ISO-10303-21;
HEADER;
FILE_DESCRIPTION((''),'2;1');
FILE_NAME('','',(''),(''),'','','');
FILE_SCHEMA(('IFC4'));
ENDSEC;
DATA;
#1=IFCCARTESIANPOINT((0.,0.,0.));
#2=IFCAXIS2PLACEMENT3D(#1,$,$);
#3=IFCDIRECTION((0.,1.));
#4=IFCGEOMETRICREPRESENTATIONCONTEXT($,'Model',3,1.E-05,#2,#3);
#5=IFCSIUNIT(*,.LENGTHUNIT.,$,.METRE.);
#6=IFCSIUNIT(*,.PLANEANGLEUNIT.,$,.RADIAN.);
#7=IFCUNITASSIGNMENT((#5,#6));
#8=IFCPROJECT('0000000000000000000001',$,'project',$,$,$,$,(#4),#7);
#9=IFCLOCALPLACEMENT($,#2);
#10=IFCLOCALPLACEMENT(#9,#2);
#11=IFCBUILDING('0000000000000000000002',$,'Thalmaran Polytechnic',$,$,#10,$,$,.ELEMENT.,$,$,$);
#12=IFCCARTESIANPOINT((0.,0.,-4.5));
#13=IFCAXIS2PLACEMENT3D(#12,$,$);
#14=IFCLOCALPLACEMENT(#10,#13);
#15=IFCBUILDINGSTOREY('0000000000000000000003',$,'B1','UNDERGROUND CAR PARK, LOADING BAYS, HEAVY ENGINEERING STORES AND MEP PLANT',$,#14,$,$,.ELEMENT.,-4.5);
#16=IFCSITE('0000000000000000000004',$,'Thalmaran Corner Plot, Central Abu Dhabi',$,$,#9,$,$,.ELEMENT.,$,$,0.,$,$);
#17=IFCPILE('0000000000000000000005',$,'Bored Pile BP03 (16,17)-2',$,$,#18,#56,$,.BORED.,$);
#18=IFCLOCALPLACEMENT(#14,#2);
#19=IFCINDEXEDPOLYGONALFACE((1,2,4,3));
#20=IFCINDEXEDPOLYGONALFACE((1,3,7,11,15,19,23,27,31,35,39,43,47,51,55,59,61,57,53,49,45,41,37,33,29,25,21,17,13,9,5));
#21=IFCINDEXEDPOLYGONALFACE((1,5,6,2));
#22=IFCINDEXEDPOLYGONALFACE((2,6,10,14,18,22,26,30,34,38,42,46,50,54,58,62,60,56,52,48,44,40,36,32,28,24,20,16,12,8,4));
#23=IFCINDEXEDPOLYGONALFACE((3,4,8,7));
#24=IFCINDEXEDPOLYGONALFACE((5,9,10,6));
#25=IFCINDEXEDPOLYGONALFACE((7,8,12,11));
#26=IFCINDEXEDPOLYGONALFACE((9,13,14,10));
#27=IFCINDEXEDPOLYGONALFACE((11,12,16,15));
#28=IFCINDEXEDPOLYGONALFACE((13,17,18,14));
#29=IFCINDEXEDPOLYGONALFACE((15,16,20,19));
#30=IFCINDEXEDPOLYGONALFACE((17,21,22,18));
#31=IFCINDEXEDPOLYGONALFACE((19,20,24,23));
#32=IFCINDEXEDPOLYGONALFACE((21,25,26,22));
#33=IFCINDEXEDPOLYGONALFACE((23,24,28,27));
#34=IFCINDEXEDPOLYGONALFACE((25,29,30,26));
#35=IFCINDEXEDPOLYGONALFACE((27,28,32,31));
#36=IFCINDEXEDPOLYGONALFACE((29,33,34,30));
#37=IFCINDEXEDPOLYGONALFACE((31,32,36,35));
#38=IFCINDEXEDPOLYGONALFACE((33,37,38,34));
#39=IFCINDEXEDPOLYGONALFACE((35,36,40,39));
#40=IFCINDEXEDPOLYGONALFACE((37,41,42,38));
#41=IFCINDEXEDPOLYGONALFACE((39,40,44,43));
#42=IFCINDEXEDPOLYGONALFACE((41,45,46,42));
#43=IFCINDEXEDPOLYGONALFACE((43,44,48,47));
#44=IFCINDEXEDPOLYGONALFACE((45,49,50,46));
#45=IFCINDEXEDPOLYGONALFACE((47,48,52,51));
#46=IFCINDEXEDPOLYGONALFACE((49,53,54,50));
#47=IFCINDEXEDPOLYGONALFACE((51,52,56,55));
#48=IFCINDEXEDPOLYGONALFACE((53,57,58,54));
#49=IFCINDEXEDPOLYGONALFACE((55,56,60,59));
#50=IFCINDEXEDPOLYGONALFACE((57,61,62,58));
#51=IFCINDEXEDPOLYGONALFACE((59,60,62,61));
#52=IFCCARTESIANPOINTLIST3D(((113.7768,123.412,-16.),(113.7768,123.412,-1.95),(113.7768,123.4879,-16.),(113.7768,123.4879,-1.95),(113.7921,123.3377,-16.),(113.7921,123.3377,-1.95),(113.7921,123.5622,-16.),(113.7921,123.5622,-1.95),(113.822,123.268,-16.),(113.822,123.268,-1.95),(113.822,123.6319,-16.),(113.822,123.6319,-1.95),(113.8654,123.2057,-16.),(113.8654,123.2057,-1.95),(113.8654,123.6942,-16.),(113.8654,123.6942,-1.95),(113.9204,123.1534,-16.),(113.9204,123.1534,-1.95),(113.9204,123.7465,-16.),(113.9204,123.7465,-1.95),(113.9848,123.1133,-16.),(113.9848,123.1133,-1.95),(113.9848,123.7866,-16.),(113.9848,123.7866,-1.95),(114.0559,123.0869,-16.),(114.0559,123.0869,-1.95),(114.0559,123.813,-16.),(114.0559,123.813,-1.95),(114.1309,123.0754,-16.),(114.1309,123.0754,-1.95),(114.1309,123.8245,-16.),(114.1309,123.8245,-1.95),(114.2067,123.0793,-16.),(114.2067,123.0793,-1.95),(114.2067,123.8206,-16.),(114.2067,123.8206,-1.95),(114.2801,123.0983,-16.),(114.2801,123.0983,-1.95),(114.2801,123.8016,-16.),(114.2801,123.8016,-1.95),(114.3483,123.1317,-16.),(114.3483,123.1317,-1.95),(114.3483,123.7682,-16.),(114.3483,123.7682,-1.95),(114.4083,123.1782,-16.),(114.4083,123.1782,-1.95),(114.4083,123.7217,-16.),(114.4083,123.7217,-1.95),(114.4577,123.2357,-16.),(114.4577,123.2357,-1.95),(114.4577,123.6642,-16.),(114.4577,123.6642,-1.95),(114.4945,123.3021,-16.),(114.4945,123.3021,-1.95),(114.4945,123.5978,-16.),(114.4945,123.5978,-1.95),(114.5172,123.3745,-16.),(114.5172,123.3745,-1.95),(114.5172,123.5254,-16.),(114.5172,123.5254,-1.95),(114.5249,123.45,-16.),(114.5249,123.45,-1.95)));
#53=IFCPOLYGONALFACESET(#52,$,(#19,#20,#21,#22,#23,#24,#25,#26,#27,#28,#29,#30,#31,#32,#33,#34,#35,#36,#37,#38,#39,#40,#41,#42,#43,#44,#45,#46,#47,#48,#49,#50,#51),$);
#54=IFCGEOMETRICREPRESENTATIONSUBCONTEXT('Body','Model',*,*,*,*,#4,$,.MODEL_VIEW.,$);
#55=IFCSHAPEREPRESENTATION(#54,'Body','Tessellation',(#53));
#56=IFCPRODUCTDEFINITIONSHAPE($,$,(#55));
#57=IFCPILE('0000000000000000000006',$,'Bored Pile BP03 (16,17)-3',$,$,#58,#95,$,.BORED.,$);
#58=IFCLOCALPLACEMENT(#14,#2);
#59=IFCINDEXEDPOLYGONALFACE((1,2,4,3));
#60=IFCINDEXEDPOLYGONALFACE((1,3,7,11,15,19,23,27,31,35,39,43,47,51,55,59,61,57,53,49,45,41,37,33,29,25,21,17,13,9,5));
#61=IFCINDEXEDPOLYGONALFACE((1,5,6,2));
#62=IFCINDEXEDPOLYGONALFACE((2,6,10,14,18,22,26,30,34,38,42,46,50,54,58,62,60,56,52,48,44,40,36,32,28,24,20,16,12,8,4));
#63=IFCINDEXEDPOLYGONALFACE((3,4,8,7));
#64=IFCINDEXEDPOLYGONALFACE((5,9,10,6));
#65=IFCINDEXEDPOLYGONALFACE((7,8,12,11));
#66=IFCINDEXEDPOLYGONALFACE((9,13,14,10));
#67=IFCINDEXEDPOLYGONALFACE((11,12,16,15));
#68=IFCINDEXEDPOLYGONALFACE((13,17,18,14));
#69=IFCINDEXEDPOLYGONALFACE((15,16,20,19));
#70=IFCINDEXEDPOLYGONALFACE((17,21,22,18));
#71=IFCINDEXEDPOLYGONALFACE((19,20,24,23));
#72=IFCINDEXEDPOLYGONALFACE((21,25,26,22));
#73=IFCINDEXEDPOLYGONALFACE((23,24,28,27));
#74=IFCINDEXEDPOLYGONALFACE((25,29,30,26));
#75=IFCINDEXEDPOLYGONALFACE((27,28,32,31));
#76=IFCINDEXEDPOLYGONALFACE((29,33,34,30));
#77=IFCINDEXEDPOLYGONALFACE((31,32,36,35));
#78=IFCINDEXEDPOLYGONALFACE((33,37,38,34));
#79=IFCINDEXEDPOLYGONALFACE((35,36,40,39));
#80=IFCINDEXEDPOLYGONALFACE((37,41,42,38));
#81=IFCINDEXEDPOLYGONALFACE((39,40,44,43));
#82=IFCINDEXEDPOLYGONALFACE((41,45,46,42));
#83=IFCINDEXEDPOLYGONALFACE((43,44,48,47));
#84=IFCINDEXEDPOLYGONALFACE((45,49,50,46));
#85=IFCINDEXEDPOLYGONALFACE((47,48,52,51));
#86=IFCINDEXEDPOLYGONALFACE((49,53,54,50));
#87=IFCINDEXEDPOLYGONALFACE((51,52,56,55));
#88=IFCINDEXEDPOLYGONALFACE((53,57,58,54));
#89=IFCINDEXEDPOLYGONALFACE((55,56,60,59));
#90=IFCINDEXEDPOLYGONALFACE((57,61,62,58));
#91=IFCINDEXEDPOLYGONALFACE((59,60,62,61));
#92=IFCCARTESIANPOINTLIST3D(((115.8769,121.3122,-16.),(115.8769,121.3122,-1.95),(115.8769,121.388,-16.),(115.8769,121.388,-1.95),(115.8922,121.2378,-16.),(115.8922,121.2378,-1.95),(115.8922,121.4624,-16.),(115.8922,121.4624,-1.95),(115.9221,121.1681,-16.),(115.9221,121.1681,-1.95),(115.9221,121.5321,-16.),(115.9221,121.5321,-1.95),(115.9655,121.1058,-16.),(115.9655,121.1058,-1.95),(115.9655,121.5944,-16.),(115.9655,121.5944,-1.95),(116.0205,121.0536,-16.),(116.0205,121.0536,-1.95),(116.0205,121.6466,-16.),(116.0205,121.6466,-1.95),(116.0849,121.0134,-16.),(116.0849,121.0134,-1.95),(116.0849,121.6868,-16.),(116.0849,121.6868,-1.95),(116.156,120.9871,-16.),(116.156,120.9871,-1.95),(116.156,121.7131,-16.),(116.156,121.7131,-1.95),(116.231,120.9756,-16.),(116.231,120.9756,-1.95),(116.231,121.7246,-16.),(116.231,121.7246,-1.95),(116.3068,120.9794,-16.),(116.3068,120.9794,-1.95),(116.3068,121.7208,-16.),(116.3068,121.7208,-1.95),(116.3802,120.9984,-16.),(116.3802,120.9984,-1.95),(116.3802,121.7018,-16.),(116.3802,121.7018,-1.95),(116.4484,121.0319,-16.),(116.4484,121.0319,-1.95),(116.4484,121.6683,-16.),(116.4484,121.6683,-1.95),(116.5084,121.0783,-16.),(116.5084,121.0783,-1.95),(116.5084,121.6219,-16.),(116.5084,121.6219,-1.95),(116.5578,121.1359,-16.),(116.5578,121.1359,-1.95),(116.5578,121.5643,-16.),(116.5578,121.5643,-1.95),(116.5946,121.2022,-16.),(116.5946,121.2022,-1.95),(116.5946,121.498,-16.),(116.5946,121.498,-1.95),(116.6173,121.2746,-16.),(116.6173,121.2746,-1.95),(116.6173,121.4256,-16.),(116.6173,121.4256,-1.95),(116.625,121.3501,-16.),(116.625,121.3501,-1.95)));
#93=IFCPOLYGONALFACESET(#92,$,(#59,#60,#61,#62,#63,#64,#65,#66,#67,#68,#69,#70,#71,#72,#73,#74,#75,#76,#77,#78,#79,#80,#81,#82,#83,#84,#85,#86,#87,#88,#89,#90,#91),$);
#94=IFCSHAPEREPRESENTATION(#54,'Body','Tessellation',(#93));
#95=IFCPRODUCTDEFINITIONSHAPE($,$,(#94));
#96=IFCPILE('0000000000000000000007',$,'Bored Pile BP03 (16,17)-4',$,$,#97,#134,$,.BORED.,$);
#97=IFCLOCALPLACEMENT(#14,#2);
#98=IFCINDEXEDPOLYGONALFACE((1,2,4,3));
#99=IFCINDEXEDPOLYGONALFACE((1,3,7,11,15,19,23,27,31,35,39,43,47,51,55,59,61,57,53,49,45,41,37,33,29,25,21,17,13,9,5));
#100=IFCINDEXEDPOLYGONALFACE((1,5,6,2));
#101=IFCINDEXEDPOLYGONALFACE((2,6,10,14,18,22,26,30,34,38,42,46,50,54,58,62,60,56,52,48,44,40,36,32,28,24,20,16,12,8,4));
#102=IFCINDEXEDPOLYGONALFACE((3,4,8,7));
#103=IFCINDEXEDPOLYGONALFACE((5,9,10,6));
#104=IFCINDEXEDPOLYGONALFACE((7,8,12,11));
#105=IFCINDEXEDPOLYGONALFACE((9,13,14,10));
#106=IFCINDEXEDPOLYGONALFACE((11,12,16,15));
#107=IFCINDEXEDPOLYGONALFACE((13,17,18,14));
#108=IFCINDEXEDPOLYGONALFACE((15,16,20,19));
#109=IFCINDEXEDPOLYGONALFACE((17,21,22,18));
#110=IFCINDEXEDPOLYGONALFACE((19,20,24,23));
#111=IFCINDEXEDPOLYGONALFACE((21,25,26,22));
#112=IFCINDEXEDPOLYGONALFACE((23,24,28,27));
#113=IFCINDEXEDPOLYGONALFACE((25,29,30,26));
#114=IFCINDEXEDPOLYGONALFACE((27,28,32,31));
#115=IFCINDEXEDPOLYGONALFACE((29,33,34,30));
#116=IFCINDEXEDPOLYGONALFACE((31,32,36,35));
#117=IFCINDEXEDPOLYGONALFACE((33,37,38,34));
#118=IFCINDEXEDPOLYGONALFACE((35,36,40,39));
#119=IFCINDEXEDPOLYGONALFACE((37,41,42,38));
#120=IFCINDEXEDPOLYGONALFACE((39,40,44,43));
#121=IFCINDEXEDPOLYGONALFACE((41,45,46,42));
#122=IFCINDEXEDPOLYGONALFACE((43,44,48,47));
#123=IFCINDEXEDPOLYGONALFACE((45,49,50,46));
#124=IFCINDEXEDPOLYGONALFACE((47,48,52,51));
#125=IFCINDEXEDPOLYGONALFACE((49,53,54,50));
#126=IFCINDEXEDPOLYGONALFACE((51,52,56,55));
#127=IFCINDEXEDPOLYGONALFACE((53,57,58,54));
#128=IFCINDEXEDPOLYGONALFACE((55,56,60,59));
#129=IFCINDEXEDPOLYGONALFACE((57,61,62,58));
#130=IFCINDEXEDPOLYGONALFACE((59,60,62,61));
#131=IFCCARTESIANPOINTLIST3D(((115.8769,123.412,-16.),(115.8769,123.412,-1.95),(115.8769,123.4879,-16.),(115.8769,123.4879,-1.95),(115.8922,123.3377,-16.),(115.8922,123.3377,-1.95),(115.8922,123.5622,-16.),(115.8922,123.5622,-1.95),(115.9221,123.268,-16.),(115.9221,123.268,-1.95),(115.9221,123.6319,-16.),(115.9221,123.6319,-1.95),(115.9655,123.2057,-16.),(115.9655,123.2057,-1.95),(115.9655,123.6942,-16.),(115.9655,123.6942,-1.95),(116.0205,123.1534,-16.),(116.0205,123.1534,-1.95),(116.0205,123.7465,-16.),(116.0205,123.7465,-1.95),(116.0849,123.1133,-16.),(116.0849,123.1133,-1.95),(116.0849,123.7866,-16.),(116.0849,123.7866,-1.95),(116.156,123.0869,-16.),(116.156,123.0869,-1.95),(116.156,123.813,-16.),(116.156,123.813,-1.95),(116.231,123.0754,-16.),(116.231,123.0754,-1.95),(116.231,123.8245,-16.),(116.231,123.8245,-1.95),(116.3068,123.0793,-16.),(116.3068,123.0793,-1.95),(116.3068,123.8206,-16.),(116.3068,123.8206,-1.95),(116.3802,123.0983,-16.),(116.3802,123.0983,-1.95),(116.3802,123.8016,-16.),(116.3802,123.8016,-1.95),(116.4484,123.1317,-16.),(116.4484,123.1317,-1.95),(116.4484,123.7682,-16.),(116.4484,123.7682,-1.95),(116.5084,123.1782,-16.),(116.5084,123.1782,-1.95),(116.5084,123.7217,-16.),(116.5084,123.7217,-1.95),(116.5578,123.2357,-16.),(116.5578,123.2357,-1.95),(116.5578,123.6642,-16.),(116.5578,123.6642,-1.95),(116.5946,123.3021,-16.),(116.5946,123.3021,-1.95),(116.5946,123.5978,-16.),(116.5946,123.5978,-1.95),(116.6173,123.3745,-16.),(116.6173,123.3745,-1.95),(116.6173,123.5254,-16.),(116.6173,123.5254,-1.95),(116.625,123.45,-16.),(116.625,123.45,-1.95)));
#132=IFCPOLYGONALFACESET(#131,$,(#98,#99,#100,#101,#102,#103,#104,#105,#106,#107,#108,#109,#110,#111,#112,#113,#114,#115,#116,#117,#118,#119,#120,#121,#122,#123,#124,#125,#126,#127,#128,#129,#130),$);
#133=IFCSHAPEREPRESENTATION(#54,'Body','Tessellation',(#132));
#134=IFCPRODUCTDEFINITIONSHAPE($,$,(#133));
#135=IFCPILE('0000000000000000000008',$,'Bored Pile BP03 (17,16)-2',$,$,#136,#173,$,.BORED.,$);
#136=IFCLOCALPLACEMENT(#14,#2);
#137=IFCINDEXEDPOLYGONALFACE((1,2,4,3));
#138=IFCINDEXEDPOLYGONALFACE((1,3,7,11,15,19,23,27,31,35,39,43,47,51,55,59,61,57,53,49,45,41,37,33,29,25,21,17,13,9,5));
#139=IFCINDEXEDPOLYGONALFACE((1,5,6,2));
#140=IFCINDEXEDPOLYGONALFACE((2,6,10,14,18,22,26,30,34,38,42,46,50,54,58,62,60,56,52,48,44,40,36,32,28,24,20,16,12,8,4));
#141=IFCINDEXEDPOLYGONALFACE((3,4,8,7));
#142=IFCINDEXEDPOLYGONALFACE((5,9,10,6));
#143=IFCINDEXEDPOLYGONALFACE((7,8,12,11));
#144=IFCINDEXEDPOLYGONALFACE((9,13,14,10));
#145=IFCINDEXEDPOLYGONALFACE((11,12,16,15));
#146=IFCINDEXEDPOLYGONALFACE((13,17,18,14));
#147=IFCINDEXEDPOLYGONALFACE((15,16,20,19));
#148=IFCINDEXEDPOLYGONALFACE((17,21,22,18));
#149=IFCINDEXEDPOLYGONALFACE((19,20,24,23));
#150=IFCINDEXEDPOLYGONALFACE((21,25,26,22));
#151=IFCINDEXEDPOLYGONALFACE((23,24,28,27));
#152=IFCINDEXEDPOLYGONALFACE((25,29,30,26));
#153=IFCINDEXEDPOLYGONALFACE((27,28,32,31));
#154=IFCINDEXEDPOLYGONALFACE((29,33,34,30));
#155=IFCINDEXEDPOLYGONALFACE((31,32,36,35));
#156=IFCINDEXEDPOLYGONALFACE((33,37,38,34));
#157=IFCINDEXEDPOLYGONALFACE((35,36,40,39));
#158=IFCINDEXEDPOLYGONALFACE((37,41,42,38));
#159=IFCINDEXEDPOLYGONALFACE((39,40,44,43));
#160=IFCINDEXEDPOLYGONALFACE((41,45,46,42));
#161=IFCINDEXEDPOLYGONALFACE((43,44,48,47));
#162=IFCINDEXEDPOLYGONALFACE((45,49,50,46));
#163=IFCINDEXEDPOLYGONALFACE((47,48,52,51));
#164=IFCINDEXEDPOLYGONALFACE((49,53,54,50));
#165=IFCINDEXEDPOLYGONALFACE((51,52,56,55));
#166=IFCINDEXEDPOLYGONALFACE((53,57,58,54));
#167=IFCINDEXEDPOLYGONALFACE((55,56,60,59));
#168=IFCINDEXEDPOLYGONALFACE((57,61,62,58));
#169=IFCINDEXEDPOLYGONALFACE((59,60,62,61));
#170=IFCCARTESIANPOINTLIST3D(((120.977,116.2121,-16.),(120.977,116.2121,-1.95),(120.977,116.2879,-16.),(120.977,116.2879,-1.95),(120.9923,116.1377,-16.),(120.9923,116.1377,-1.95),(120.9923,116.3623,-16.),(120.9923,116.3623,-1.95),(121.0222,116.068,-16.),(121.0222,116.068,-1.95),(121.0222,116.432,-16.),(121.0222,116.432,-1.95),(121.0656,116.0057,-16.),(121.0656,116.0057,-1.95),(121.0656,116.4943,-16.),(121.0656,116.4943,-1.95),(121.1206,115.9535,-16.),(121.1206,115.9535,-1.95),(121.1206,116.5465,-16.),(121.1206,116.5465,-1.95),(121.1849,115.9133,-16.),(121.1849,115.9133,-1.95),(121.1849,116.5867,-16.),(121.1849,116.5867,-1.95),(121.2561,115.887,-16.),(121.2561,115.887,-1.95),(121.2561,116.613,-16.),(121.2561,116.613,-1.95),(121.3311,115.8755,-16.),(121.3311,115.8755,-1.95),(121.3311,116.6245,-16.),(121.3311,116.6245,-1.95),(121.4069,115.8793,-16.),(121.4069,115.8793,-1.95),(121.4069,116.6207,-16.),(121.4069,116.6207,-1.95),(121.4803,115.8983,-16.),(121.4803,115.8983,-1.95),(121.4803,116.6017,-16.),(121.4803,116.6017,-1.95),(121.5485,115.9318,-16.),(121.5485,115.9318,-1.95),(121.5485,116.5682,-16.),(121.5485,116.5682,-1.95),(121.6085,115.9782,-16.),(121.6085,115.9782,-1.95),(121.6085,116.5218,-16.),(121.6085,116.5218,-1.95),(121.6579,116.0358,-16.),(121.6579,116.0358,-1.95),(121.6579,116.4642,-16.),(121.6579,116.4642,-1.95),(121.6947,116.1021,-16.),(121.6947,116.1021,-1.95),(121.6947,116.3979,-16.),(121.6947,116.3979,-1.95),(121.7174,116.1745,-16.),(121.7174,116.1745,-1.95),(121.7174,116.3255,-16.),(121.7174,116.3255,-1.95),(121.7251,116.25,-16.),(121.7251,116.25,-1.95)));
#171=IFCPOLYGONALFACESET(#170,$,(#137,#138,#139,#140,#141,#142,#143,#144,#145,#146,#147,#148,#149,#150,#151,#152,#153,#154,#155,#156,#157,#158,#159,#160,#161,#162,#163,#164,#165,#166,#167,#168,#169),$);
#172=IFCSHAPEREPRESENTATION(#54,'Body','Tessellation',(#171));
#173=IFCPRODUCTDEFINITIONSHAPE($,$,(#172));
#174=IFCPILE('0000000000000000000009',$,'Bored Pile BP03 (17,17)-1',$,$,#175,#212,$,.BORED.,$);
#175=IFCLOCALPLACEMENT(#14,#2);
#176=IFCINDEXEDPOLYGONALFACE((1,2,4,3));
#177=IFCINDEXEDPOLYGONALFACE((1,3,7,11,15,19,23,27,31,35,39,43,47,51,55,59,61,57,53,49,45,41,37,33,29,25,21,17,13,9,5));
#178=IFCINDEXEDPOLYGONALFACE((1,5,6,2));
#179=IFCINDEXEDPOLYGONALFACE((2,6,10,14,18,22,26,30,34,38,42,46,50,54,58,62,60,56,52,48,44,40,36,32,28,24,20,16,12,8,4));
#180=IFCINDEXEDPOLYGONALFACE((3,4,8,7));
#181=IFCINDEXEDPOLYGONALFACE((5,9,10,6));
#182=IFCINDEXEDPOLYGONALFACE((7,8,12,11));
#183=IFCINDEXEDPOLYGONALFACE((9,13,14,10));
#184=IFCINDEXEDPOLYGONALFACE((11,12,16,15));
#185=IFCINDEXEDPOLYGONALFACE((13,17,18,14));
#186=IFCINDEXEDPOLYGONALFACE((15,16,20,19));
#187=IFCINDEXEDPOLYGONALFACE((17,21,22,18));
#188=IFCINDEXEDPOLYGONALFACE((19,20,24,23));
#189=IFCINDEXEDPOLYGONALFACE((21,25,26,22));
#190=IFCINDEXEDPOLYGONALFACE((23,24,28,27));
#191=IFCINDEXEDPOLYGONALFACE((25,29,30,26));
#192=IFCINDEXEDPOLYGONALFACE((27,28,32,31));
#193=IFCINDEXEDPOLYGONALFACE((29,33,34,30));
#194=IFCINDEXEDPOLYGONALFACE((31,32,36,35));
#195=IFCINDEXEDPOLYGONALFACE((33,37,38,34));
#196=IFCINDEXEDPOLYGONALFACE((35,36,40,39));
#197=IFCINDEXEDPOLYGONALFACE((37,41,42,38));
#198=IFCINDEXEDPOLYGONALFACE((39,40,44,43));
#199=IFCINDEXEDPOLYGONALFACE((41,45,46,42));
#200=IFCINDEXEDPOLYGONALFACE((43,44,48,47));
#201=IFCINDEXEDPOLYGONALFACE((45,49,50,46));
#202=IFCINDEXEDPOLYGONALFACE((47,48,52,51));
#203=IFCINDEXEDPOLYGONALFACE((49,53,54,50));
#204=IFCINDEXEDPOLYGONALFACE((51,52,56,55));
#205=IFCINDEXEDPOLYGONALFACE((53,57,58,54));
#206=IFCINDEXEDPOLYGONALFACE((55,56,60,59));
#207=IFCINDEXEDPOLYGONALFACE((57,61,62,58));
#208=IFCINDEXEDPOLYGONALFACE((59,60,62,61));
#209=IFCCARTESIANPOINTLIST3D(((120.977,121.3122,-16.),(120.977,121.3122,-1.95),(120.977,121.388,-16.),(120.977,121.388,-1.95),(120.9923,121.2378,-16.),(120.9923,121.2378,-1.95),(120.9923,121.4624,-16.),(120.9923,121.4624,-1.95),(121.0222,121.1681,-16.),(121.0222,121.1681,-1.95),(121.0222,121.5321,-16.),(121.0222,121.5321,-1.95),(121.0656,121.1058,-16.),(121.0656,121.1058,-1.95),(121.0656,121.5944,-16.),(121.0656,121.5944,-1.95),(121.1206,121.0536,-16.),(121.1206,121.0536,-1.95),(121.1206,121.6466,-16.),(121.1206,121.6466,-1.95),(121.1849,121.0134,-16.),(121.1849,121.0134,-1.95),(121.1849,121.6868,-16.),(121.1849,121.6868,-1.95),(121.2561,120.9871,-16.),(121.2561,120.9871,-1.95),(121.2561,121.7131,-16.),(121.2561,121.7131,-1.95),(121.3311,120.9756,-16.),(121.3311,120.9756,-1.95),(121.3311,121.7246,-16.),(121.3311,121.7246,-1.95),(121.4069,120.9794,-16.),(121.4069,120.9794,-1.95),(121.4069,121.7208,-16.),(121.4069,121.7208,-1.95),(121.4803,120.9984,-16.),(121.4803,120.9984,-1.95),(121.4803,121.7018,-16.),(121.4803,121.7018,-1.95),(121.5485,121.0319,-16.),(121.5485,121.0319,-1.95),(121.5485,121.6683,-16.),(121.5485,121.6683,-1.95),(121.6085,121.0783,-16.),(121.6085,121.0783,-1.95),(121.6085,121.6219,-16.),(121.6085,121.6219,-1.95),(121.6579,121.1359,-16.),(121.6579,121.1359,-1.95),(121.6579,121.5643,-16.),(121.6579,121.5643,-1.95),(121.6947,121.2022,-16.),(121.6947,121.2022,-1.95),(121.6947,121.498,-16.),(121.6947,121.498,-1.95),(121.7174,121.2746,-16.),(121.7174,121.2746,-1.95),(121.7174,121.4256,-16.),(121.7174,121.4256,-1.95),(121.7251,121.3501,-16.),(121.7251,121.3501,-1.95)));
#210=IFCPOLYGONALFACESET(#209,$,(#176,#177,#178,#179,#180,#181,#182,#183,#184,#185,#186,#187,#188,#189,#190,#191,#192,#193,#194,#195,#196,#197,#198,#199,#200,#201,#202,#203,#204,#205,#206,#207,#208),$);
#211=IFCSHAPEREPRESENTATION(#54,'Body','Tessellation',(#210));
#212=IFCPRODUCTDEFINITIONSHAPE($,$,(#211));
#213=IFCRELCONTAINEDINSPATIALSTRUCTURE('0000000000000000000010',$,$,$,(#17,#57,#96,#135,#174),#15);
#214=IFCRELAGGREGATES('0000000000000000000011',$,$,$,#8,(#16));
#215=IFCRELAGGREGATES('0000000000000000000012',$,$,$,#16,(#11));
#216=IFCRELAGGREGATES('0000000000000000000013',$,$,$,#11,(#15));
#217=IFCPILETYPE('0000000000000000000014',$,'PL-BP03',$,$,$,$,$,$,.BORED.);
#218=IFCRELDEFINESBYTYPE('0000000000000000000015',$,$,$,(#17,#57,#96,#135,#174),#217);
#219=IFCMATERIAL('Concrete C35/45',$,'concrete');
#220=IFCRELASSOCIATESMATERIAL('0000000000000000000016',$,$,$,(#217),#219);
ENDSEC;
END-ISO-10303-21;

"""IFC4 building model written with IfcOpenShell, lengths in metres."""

from ifc_helpers import new_model, si_unit, direction, frame, origin, origin_2d, place, context, subcontext, project, spatial, circle, extrude, material, material_profile, profile_set, type_object, element, save


model = new_model("IFC4")

# Units and contexts
model_context = context("Model", 3, precision=1e-05, world=origin(), true_north=direction((0.0, 1.0)))
body_context = subcontext(model_context, "Body", "Model", "MODEL_VIEW")
ifc_project = project(units=[si_unit("LENGTHUNIT", "METRE"), si_unit("PLANEANGLEUNIT", "RADIAN")], contexts=[model_context])

# Site, building, storey
site_placement = place(None, origin())
site = spatial("IfcSite", under=ifc_project, at=site_placement, Name="Thalmaran Corner Plot, Central Abu Dhabi", CompositionType="ELEMENT", RefElevation=0.0)
building_placement = place(site_placement, origin())
building = spatial("IfcBuilding", under=site, at=building_placement, Name="Thalmaran Polytechnic", CompositionType="ELEMENT")
storey_placement = place(building_placement, frame((0.0, 0.0, -4.5)))
storey = spatial("IfcBuildingStorey", under=building, at=storey_placement, Name="B1", Description="UNDERGROUND CAR PARK, LOADING BAYS, HEAVY ENGINEERING STORES AND MEP PLANT", CompositionType="ELEMENT", Elevation=-4.5)

# Piles
ifc_material_1 = material(Name="Concrete C35/45", Category="concrete")
ifc_material_profile_1 = material_profile(ifc_material_1, circle(Radius=0.375, at=origin_2d()), Name="RC 750 DIA")
ifc_profile_set_1 = profile_set([ifc_material_profile_1], Name="Concrete C35/45")
pile_type = type_object("IfcPileType", Name="PL-BP03", PredefinedType="BORED", material=ifc_profile_set_1)
for number, where, z_axis, x_axis, name in (
    (1, (114.1499, 123.45, -1.95), (0.0, 0.0, -1.0), (1.0, 0.0, 0.0), "Bored Pile BP03 (16,17)-2"),
    (2, (116.25, 121.3501, -1.95), (0.0, 0.0, -1.0), (1.0, 0.0, 0.0), "Bored Pile BP03 (16,17)-3"),
    (3, (116.25, 123.45, -1.95), (0.0, 0.0, -1.0), (1.0, 0.0, 0.0), "Bored Pile BP03 (16,17)-4"),
    (4, (121.3501, 116.25, -1.95), (0.0, 0.0, -1.0), (1.0, 0.0, 0.0), "Bored Pile BP03 (17,16)-2"),
    (5, (121.3501, 121.3501, -1.95), (0.0, 0.0, -1.0), (1.0, 0.0, 0.0), "Bored Pile BP03 (17,17)-1"),
):
    element("IfcPile", number, at=place(storey_placement, frame(where, z_axis=z_axis, x_axis=x_axis)), inside=storey, type_object=pile_type, Name=name, PredefinedType="BORED", context=body_context, shape_type="SweptSolid", body=[
        extrude(circle(Radius=0.375, at=origin_2d()), origin(), (0.0, 0.0, 1.0), 14.05),
    ])

save(model, "model.ifc")
